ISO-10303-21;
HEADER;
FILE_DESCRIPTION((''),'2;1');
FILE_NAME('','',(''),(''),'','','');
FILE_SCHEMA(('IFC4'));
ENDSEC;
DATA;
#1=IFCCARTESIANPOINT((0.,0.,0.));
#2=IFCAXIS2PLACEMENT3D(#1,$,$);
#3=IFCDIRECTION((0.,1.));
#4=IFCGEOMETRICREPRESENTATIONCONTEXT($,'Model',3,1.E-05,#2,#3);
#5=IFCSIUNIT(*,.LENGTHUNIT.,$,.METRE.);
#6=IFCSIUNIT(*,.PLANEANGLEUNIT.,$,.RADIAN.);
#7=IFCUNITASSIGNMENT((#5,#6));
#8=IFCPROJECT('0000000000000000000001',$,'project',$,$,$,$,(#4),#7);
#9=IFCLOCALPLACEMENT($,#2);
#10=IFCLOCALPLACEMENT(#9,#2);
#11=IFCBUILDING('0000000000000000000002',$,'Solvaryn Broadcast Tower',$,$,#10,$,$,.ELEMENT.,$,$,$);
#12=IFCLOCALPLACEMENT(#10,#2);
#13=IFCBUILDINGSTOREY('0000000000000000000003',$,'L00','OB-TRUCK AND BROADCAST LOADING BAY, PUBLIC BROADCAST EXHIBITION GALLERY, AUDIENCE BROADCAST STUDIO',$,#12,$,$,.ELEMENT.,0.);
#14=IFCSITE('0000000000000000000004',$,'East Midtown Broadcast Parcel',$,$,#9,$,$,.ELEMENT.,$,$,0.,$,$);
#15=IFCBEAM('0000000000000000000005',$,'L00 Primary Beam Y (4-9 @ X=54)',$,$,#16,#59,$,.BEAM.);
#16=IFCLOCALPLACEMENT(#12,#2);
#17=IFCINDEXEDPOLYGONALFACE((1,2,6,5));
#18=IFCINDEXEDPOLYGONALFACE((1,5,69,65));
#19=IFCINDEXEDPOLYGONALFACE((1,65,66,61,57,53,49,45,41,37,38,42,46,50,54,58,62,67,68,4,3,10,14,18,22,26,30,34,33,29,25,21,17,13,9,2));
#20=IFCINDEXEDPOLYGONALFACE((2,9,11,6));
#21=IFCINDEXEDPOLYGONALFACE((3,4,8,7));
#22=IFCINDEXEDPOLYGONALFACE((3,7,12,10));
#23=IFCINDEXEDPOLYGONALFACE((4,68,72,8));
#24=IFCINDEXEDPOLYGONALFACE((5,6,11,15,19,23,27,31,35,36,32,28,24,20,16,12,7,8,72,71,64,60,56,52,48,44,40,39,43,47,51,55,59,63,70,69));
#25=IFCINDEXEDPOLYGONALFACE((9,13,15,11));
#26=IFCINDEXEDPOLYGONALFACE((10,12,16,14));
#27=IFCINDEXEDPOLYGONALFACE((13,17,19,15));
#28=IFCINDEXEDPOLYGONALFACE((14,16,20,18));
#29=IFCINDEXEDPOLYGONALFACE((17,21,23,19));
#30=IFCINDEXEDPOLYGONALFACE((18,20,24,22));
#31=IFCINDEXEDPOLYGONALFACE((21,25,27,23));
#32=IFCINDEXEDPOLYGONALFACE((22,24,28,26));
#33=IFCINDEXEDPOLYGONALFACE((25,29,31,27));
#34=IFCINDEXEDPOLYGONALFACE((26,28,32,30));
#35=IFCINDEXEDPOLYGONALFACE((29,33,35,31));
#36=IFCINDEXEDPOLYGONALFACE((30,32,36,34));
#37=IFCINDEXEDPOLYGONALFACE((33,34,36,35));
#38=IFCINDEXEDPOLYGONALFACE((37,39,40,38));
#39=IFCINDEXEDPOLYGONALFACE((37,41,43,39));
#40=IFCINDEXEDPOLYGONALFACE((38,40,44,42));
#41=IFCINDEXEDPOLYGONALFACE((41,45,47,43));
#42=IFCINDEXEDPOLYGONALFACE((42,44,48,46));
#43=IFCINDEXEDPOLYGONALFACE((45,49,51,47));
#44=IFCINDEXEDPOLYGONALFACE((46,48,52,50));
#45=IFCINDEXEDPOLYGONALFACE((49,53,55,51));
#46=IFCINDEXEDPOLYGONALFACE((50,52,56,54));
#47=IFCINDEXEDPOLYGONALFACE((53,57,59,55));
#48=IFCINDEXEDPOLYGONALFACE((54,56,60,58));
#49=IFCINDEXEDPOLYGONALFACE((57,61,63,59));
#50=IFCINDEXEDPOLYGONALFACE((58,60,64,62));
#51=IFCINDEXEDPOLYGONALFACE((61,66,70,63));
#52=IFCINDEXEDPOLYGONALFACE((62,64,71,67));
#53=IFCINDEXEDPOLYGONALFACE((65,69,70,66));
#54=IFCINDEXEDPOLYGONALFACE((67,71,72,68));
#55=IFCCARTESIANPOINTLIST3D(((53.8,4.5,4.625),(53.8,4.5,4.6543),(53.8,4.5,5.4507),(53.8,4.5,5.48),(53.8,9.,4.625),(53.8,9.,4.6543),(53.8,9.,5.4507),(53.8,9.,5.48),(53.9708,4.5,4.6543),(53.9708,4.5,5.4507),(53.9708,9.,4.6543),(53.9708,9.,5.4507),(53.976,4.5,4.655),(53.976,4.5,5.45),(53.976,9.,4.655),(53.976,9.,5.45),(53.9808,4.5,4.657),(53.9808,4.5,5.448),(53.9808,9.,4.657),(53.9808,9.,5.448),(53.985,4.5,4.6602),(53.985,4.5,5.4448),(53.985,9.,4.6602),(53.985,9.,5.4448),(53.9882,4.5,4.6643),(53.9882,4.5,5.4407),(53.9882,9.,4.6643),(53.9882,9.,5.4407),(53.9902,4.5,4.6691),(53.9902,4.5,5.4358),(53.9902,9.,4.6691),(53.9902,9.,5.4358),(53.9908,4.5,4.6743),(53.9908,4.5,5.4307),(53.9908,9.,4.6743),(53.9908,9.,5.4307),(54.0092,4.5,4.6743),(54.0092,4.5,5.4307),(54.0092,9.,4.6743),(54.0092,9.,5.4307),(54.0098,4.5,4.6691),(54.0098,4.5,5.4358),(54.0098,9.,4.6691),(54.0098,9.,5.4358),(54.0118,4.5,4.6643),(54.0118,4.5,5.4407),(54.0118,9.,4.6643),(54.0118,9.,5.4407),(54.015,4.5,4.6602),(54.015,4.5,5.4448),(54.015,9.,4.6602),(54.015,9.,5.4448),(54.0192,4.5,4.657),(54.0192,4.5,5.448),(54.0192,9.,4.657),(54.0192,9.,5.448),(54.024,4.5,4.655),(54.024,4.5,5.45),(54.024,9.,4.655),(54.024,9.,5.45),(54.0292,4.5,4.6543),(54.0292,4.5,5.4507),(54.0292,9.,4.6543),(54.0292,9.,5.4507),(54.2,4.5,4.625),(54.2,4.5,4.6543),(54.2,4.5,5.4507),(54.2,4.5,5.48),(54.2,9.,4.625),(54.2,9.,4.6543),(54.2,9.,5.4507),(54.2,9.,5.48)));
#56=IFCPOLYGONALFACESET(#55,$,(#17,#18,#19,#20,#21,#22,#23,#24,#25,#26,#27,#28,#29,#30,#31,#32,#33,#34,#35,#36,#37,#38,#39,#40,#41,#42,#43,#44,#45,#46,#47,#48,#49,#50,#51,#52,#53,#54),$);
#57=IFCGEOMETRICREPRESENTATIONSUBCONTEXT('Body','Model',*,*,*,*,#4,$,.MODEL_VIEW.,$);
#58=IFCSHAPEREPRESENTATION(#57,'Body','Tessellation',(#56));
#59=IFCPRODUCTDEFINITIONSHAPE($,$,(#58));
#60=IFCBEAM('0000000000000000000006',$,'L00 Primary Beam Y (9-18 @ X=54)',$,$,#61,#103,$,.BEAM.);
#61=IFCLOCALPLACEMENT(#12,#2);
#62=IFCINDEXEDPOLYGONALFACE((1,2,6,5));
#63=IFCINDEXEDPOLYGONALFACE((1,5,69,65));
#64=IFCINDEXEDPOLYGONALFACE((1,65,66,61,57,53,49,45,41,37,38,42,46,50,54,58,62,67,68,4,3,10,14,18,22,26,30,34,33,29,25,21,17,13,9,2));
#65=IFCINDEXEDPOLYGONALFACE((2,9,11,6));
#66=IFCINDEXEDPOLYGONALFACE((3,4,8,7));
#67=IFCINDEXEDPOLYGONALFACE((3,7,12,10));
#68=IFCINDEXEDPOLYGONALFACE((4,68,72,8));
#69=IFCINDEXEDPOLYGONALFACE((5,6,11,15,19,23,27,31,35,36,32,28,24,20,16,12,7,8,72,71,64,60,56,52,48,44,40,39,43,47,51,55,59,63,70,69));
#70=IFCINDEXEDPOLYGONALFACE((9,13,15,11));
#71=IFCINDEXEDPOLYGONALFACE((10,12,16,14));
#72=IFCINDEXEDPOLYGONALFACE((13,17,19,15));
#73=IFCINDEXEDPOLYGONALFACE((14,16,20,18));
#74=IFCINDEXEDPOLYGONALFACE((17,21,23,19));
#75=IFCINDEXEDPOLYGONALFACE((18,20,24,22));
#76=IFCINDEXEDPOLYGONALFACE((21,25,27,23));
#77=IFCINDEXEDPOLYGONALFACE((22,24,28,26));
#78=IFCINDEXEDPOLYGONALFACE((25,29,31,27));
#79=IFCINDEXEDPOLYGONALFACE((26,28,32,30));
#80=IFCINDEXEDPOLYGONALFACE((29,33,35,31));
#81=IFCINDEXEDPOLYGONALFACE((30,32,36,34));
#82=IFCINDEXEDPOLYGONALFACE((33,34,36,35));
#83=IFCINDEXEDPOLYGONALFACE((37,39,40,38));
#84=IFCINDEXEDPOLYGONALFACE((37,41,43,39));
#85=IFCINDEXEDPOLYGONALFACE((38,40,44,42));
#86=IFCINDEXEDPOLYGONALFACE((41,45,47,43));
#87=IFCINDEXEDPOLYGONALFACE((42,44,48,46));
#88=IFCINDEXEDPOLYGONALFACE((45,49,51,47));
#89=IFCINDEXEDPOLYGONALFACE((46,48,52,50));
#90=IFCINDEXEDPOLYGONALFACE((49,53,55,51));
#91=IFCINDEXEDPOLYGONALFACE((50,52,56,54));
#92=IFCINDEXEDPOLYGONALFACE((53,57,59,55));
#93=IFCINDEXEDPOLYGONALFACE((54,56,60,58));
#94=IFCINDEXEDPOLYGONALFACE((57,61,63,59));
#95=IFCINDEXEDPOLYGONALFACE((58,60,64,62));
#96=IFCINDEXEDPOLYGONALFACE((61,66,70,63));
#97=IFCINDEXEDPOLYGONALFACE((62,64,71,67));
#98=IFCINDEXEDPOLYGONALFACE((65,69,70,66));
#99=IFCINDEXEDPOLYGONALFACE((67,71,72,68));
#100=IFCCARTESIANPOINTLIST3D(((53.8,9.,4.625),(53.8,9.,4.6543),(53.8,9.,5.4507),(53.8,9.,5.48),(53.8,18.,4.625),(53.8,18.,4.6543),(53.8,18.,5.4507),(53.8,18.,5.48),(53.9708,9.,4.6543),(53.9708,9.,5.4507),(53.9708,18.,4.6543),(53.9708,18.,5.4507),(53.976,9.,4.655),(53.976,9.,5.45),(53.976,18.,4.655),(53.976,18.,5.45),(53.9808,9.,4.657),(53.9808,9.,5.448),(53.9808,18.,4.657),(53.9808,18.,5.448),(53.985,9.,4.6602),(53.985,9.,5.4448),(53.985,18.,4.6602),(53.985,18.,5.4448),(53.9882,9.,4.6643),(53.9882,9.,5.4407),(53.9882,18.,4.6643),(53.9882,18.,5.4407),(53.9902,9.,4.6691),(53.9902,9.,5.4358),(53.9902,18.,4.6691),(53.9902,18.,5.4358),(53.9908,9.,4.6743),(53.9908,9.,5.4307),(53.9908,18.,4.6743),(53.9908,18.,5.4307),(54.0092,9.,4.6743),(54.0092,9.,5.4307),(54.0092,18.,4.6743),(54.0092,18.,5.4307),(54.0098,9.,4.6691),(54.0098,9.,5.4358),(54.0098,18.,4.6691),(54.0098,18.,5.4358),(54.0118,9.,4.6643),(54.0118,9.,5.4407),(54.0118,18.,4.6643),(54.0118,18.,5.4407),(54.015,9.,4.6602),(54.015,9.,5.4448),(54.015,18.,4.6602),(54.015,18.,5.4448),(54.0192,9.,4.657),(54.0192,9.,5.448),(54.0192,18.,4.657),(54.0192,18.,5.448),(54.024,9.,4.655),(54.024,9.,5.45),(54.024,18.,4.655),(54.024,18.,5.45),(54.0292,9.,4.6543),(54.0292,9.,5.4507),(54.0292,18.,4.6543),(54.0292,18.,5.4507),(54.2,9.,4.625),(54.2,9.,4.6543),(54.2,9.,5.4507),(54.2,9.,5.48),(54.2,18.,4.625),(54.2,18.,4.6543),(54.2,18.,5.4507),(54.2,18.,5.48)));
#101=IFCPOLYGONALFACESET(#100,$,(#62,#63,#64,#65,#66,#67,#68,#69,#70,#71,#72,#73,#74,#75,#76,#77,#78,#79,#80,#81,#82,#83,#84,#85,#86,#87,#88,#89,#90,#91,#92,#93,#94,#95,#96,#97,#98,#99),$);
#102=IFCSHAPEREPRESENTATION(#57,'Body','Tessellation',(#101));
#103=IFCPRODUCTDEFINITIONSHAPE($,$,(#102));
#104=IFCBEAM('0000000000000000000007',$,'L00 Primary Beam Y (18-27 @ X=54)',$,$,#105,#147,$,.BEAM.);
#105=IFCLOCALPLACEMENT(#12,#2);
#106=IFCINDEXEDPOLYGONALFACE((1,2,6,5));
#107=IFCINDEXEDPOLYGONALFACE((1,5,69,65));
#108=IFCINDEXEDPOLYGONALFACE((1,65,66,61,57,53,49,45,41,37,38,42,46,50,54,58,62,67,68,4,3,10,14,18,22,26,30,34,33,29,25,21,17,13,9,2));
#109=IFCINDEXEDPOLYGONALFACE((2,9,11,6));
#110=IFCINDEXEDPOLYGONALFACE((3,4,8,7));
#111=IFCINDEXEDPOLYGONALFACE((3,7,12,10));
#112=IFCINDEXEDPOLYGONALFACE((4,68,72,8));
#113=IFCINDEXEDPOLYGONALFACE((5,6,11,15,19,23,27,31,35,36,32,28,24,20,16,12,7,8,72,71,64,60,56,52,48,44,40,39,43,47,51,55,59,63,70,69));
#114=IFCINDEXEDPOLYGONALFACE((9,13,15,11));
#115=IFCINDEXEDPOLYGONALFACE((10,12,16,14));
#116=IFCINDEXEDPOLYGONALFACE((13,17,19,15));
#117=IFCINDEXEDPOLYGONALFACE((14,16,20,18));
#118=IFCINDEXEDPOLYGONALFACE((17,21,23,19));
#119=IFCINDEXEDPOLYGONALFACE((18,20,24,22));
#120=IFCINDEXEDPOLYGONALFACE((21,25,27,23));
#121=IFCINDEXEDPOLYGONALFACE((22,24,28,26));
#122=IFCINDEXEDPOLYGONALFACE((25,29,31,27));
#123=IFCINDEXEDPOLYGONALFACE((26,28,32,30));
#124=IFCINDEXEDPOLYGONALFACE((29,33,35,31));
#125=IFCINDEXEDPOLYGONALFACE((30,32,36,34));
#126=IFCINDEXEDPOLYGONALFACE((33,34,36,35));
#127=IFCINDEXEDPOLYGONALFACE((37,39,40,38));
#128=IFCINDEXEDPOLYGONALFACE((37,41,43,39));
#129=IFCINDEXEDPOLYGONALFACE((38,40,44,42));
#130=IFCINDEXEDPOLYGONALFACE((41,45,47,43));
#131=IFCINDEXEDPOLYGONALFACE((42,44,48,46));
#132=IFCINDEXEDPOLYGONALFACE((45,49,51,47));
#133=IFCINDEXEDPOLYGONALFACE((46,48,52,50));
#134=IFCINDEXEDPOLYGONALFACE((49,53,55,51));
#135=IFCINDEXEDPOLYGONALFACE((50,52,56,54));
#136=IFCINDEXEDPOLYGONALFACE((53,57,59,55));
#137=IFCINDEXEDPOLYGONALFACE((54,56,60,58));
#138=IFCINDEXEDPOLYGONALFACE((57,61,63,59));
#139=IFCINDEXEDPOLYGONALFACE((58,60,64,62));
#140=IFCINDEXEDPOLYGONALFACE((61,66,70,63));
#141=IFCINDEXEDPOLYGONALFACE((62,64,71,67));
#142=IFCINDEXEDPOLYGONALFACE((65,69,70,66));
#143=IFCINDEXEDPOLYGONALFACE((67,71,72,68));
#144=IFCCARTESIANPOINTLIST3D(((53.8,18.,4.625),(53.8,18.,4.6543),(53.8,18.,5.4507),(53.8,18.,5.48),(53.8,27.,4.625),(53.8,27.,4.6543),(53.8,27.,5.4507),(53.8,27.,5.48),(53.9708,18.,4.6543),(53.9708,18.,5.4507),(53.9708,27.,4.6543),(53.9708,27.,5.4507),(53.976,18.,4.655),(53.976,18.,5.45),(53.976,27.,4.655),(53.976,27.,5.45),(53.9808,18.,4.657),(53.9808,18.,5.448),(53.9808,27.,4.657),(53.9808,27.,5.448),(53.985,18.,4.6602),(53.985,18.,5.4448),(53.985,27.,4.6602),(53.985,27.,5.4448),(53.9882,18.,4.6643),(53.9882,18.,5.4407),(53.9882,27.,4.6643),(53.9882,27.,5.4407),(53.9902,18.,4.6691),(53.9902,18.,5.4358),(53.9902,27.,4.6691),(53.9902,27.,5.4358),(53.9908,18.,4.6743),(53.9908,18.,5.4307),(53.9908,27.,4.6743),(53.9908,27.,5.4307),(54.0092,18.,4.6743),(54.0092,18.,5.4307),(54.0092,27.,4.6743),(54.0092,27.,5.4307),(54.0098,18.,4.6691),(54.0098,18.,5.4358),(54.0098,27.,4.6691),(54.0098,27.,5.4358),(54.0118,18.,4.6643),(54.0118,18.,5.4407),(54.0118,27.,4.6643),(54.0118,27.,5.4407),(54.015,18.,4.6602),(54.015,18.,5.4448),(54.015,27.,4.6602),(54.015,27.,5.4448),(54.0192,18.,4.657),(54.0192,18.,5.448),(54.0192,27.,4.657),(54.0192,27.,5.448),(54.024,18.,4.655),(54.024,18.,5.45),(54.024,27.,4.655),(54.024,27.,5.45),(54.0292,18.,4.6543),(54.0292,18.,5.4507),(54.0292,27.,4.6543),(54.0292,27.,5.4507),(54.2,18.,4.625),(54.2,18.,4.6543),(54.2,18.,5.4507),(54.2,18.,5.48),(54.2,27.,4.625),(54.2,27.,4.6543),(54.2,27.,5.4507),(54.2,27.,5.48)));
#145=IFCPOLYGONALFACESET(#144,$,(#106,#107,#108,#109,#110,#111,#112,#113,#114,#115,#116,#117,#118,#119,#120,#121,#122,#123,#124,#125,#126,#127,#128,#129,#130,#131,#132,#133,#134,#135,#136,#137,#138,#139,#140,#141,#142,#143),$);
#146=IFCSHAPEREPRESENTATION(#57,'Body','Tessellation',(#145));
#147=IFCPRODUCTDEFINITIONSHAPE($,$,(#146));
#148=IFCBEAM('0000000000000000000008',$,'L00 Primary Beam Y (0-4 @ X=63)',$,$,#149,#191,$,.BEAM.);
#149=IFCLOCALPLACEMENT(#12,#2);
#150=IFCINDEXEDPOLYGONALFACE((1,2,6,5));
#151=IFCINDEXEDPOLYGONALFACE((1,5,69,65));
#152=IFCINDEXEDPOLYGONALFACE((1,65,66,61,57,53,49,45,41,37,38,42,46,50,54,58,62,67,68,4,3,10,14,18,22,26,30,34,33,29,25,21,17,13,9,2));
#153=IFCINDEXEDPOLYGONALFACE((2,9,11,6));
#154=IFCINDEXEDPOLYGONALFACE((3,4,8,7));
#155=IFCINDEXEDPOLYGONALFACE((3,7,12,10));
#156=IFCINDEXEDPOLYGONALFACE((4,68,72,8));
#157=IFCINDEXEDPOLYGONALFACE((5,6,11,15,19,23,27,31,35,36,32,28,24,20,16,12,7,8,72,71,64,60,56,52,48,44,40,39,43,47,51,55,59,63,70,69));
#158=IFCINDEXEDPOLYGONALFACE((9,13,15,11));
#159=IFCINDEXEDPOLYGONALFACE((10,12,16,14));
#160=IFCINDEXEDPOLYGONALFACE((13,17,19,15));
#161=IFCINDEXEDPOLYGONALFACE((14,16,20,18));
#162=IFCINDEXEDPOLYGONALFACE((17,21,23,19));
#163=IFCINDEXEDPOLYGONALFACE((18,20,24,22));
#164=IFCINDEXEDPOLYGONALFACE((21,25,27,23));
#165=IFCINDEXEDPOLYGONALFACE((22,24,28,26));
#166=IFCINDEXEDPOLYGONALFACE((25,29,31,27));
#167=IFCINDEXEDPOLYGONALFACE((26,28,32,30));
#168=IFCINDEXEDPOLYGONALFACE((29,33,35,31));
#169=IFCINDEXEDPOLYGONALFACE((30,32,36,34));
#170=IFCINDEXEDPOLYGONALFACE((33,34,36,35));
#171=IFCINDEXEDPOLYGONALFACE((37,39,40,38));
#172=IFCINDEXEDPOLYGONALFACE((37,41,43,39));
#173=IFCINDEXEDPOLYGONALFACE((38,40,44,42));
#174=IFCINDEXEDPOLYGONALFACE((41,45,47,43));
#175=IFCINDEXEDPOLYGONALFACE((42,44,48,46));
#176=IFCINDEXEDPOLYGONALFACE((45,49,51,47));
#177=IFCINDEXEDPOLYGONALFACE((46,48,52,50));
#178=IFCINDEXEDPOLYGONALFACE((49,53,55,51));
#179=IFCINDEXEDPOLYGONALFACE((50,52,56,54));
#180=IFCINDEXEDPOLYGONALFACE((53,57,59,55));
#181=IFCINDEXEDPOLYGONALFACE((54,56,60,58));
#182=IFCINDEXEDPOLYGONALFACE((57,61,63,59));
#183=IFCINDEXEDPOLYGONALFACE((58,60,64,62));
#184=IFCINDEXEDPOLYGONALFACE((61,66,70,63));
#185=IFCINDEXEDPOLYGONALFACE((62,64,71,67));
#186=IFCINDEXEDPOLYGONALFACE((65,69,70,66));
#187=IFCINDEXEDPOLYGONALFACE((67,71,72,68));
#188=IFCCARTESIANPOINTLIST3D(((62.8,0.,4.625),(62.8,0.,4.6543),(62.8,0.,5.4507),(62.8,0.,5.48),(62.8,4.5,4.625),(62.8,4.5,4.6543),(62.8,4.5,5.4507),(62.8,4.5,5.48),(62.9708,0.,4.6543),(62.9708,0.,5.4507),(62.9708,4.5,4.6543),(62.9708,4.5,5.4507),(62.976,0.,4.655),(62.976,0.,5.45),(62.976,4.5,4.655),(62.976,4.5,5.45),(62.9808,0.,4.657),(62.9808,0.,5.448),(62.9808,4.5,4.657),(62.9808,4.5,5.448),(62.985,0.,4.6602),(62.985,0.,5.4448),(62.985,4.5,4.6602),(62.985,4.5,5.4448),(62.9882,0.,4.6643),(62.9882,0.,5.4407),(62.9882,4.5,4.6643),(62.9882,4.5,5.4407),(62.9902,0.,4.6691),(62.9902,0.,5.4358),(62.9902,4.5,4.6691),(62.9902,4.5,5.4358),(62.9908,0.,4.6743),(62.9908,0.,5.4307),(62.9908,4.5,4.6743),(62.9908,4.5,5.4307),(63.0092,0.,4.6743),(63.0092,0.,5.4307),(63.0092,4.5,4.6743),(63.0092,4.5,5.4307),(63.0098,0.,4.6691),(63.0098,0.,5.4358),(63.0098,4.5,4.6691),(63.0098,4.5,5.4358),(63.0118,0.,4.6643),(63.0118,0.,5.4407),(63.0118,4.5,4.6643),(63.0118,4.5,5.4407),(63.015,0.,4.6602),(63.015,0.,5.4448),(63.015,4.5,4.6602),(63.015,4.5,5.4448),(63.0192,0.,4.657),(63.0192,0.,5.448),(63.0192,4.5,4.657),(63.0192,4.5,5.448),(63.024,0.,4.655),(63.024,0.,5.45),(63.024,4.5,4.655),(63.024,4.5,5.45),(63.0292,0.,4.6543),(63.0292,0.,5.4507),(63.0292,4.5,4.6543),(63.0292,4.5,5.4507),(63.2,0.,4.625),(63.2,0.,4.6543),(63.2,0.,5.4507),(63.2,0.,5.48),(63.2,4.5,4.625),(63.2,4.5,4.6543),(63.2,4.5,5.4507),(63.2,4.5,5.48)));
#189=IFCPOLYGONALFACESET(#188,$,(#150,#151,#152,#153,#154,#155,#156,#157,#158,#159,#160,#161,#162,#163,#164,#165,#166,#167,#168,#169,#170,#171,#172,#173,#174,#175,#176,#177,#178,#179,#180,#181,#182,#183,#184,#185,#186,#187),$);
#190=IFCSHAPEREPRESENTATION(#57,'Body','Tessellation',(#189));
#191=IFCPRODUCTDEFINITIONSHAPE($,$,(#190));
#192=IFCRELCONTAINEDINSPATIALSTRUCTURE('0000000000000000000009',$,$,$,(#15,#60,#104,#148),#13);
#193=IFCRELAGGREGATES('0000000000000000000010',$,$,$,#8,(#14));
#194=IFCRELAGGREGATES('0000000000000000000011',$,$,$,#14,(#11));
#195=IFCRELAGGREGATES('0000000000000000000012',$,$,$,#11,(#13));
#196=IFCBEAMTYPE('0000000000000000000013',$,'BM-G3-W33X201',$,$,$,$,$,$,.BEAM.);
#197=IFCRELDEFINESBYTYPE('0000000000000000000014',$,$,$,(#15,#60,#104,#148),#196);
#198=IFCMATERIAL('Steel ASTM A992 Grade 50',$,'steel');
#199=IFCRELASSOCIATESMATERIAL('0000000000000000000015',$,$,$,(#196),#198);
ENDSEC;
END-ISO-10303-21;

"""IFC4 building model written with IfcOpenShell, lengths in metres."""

from ifc_helpers import new_model, si_unit, direction, frame, origin, origin_2d, place, context, subcontext, project, spatial, i_section, extrude, material, material_profile, profile_set, type_object, element, save


model = new_model("IFC4")

# Units and contexts
model_context = context("Model", 3, precision=1e-05, world=origin(), true_north=direction((0.0, 1.0)))
body_context = subcontext(model_context, "Body", "Model", "MODEL_VIEW")
ifc_project = project(units=[si_unit("LENGTHUNIT", "METRE"), si_unit("PLANEANGLEUNIT", "RADIAN")], contexts=[model_context])

# Site, building, storey
site_placement = place(None, origin())
site = spatial("IfcSite", under=ifc_project, at=site_placement, Name="East Midtown Broadcast Parcel", CompositionType="ELEMENT", RefElevation=0.0)
building_placement = place(site_placement, origin())
building = spatial("IfcBuilding", under=site, at=building_placement, Name="Solvaryn Broadcast Tower", CompositionType="ELEMENT")
storey_placement = place(building_placement, origin())
storey = spatial("IfcBuildingStorey", under=building, at=storey_placement, Name="L00", Description="OB-TRUCK AND BROADCAST LOADING BAY, PUBLIC BROADCAST EXHIBITION GALLERY, AUDIENCE BROADCAST STUDIO", CompositionType="ELEMENT", Elevation=0.0)

# Beams
ifc_material_1 = material(Name="Steel ASTM A992 Grade 50", Category="steel")
ifc_material_profile_1 = material_profile(ifc_material_1, i_section(OverallWidth=0.3999, OverallDepth=0.855, WebThickness=0.0183, FlangeThickness=0.0293, FilletRadius=0.02, at=origin_2d()))
ifc_profile_set_1 = profile_set([ifc_material_profile_1], Name="Steel ASTM A992 Grade 50")
beam_type_1 = type_object("IfcBeamType", Name="BM-G3-W33X201", PredefinedType="BEAM", material=ifc_profile_set_1)
beam_1_placement = place(storey_placement, frame((54.0, 4.5, 5.0525), z_axis=(0.0, 1.0, 0.0), x_axis=(-1.0, 0.0, 0.0)))
element("IfcBeam", 1, at=beam_1_placement, inside=storey, type_object=beam_type_1, Name="L00 Primary Beam Y (4-9 @ X=54)", PredefinedType="BEAM", context=body_context, shape_type="SweptSolid", body=[
    extrude(i_section(OverallWidth=0.3999, OverallDepth=0.855, WebThickness=0.0183, FlangeThickness=0.0293, FilletRadius=0.02, at=origin_2d()), origin(), (0.0, 0.0, 1.0), 4.5),
])
for number, where, z_axis, x_axis, name in (
    (2, (54.0, 9.0, 5.0525), (0.0, 1.0, 0.0), (-1.0, 0.0, 0.0), "L00 Primary Beam Y (9-18 @ X=54)"),
    (3, (54.0, 18.0, 5.0525), (0.0, 1.0, 0.0), (-1.0, 0.0, 0.0), "L00 Primary Beam Y (18-27 @ X=54)"),
):
    element("IfcBeam", number, at=place(storey_placement, frame(where, z_axis=z_axis, x_axis=x_axis)), inside=storey, type_object=beam_type_1, Name=name, PredefinedType="BEAM", context=body_context, shape_type="SweptSolid", body=[
        extrude(i_section(OverallWidth=0.3999, OverallDepth=0.855, WebThickness=0.0183, FlangeThickness=0.0293, FilletRadius=0.02, at=origin_2d()), origin(), (0.0, 0.0, 1.0), 9.0),
    ])
for number, where, z_axis, x_axis, name in (
    (4, (63.0, 0.0, 5.0525), (0.0, 1.0, 0.0), (-1.0, 0.0, 0.0), "L00 Primary Beam Y (0-4 @ X=63)"),
):
    element("IfcBeam", number, at=place(storey_placement, frame(where, z_axis=z_axis, x_axis=x_axis)), inside=storey, type_object=beam_type_1, Name=name, PredefinedType="BEAM", context=body_context, shape_type="SweptSolid", body=[
        extrude(i_section(OverallWidth=0.3999, OverallDepth=0.855, WebThickness=0.0183, FlangeThickness=0.0293, FilletRadius=0.02, at=origin_2d()), origin(), (0.0, 0.0, 1.0), 4.5),
    ])

save(model, "model.ifc")
